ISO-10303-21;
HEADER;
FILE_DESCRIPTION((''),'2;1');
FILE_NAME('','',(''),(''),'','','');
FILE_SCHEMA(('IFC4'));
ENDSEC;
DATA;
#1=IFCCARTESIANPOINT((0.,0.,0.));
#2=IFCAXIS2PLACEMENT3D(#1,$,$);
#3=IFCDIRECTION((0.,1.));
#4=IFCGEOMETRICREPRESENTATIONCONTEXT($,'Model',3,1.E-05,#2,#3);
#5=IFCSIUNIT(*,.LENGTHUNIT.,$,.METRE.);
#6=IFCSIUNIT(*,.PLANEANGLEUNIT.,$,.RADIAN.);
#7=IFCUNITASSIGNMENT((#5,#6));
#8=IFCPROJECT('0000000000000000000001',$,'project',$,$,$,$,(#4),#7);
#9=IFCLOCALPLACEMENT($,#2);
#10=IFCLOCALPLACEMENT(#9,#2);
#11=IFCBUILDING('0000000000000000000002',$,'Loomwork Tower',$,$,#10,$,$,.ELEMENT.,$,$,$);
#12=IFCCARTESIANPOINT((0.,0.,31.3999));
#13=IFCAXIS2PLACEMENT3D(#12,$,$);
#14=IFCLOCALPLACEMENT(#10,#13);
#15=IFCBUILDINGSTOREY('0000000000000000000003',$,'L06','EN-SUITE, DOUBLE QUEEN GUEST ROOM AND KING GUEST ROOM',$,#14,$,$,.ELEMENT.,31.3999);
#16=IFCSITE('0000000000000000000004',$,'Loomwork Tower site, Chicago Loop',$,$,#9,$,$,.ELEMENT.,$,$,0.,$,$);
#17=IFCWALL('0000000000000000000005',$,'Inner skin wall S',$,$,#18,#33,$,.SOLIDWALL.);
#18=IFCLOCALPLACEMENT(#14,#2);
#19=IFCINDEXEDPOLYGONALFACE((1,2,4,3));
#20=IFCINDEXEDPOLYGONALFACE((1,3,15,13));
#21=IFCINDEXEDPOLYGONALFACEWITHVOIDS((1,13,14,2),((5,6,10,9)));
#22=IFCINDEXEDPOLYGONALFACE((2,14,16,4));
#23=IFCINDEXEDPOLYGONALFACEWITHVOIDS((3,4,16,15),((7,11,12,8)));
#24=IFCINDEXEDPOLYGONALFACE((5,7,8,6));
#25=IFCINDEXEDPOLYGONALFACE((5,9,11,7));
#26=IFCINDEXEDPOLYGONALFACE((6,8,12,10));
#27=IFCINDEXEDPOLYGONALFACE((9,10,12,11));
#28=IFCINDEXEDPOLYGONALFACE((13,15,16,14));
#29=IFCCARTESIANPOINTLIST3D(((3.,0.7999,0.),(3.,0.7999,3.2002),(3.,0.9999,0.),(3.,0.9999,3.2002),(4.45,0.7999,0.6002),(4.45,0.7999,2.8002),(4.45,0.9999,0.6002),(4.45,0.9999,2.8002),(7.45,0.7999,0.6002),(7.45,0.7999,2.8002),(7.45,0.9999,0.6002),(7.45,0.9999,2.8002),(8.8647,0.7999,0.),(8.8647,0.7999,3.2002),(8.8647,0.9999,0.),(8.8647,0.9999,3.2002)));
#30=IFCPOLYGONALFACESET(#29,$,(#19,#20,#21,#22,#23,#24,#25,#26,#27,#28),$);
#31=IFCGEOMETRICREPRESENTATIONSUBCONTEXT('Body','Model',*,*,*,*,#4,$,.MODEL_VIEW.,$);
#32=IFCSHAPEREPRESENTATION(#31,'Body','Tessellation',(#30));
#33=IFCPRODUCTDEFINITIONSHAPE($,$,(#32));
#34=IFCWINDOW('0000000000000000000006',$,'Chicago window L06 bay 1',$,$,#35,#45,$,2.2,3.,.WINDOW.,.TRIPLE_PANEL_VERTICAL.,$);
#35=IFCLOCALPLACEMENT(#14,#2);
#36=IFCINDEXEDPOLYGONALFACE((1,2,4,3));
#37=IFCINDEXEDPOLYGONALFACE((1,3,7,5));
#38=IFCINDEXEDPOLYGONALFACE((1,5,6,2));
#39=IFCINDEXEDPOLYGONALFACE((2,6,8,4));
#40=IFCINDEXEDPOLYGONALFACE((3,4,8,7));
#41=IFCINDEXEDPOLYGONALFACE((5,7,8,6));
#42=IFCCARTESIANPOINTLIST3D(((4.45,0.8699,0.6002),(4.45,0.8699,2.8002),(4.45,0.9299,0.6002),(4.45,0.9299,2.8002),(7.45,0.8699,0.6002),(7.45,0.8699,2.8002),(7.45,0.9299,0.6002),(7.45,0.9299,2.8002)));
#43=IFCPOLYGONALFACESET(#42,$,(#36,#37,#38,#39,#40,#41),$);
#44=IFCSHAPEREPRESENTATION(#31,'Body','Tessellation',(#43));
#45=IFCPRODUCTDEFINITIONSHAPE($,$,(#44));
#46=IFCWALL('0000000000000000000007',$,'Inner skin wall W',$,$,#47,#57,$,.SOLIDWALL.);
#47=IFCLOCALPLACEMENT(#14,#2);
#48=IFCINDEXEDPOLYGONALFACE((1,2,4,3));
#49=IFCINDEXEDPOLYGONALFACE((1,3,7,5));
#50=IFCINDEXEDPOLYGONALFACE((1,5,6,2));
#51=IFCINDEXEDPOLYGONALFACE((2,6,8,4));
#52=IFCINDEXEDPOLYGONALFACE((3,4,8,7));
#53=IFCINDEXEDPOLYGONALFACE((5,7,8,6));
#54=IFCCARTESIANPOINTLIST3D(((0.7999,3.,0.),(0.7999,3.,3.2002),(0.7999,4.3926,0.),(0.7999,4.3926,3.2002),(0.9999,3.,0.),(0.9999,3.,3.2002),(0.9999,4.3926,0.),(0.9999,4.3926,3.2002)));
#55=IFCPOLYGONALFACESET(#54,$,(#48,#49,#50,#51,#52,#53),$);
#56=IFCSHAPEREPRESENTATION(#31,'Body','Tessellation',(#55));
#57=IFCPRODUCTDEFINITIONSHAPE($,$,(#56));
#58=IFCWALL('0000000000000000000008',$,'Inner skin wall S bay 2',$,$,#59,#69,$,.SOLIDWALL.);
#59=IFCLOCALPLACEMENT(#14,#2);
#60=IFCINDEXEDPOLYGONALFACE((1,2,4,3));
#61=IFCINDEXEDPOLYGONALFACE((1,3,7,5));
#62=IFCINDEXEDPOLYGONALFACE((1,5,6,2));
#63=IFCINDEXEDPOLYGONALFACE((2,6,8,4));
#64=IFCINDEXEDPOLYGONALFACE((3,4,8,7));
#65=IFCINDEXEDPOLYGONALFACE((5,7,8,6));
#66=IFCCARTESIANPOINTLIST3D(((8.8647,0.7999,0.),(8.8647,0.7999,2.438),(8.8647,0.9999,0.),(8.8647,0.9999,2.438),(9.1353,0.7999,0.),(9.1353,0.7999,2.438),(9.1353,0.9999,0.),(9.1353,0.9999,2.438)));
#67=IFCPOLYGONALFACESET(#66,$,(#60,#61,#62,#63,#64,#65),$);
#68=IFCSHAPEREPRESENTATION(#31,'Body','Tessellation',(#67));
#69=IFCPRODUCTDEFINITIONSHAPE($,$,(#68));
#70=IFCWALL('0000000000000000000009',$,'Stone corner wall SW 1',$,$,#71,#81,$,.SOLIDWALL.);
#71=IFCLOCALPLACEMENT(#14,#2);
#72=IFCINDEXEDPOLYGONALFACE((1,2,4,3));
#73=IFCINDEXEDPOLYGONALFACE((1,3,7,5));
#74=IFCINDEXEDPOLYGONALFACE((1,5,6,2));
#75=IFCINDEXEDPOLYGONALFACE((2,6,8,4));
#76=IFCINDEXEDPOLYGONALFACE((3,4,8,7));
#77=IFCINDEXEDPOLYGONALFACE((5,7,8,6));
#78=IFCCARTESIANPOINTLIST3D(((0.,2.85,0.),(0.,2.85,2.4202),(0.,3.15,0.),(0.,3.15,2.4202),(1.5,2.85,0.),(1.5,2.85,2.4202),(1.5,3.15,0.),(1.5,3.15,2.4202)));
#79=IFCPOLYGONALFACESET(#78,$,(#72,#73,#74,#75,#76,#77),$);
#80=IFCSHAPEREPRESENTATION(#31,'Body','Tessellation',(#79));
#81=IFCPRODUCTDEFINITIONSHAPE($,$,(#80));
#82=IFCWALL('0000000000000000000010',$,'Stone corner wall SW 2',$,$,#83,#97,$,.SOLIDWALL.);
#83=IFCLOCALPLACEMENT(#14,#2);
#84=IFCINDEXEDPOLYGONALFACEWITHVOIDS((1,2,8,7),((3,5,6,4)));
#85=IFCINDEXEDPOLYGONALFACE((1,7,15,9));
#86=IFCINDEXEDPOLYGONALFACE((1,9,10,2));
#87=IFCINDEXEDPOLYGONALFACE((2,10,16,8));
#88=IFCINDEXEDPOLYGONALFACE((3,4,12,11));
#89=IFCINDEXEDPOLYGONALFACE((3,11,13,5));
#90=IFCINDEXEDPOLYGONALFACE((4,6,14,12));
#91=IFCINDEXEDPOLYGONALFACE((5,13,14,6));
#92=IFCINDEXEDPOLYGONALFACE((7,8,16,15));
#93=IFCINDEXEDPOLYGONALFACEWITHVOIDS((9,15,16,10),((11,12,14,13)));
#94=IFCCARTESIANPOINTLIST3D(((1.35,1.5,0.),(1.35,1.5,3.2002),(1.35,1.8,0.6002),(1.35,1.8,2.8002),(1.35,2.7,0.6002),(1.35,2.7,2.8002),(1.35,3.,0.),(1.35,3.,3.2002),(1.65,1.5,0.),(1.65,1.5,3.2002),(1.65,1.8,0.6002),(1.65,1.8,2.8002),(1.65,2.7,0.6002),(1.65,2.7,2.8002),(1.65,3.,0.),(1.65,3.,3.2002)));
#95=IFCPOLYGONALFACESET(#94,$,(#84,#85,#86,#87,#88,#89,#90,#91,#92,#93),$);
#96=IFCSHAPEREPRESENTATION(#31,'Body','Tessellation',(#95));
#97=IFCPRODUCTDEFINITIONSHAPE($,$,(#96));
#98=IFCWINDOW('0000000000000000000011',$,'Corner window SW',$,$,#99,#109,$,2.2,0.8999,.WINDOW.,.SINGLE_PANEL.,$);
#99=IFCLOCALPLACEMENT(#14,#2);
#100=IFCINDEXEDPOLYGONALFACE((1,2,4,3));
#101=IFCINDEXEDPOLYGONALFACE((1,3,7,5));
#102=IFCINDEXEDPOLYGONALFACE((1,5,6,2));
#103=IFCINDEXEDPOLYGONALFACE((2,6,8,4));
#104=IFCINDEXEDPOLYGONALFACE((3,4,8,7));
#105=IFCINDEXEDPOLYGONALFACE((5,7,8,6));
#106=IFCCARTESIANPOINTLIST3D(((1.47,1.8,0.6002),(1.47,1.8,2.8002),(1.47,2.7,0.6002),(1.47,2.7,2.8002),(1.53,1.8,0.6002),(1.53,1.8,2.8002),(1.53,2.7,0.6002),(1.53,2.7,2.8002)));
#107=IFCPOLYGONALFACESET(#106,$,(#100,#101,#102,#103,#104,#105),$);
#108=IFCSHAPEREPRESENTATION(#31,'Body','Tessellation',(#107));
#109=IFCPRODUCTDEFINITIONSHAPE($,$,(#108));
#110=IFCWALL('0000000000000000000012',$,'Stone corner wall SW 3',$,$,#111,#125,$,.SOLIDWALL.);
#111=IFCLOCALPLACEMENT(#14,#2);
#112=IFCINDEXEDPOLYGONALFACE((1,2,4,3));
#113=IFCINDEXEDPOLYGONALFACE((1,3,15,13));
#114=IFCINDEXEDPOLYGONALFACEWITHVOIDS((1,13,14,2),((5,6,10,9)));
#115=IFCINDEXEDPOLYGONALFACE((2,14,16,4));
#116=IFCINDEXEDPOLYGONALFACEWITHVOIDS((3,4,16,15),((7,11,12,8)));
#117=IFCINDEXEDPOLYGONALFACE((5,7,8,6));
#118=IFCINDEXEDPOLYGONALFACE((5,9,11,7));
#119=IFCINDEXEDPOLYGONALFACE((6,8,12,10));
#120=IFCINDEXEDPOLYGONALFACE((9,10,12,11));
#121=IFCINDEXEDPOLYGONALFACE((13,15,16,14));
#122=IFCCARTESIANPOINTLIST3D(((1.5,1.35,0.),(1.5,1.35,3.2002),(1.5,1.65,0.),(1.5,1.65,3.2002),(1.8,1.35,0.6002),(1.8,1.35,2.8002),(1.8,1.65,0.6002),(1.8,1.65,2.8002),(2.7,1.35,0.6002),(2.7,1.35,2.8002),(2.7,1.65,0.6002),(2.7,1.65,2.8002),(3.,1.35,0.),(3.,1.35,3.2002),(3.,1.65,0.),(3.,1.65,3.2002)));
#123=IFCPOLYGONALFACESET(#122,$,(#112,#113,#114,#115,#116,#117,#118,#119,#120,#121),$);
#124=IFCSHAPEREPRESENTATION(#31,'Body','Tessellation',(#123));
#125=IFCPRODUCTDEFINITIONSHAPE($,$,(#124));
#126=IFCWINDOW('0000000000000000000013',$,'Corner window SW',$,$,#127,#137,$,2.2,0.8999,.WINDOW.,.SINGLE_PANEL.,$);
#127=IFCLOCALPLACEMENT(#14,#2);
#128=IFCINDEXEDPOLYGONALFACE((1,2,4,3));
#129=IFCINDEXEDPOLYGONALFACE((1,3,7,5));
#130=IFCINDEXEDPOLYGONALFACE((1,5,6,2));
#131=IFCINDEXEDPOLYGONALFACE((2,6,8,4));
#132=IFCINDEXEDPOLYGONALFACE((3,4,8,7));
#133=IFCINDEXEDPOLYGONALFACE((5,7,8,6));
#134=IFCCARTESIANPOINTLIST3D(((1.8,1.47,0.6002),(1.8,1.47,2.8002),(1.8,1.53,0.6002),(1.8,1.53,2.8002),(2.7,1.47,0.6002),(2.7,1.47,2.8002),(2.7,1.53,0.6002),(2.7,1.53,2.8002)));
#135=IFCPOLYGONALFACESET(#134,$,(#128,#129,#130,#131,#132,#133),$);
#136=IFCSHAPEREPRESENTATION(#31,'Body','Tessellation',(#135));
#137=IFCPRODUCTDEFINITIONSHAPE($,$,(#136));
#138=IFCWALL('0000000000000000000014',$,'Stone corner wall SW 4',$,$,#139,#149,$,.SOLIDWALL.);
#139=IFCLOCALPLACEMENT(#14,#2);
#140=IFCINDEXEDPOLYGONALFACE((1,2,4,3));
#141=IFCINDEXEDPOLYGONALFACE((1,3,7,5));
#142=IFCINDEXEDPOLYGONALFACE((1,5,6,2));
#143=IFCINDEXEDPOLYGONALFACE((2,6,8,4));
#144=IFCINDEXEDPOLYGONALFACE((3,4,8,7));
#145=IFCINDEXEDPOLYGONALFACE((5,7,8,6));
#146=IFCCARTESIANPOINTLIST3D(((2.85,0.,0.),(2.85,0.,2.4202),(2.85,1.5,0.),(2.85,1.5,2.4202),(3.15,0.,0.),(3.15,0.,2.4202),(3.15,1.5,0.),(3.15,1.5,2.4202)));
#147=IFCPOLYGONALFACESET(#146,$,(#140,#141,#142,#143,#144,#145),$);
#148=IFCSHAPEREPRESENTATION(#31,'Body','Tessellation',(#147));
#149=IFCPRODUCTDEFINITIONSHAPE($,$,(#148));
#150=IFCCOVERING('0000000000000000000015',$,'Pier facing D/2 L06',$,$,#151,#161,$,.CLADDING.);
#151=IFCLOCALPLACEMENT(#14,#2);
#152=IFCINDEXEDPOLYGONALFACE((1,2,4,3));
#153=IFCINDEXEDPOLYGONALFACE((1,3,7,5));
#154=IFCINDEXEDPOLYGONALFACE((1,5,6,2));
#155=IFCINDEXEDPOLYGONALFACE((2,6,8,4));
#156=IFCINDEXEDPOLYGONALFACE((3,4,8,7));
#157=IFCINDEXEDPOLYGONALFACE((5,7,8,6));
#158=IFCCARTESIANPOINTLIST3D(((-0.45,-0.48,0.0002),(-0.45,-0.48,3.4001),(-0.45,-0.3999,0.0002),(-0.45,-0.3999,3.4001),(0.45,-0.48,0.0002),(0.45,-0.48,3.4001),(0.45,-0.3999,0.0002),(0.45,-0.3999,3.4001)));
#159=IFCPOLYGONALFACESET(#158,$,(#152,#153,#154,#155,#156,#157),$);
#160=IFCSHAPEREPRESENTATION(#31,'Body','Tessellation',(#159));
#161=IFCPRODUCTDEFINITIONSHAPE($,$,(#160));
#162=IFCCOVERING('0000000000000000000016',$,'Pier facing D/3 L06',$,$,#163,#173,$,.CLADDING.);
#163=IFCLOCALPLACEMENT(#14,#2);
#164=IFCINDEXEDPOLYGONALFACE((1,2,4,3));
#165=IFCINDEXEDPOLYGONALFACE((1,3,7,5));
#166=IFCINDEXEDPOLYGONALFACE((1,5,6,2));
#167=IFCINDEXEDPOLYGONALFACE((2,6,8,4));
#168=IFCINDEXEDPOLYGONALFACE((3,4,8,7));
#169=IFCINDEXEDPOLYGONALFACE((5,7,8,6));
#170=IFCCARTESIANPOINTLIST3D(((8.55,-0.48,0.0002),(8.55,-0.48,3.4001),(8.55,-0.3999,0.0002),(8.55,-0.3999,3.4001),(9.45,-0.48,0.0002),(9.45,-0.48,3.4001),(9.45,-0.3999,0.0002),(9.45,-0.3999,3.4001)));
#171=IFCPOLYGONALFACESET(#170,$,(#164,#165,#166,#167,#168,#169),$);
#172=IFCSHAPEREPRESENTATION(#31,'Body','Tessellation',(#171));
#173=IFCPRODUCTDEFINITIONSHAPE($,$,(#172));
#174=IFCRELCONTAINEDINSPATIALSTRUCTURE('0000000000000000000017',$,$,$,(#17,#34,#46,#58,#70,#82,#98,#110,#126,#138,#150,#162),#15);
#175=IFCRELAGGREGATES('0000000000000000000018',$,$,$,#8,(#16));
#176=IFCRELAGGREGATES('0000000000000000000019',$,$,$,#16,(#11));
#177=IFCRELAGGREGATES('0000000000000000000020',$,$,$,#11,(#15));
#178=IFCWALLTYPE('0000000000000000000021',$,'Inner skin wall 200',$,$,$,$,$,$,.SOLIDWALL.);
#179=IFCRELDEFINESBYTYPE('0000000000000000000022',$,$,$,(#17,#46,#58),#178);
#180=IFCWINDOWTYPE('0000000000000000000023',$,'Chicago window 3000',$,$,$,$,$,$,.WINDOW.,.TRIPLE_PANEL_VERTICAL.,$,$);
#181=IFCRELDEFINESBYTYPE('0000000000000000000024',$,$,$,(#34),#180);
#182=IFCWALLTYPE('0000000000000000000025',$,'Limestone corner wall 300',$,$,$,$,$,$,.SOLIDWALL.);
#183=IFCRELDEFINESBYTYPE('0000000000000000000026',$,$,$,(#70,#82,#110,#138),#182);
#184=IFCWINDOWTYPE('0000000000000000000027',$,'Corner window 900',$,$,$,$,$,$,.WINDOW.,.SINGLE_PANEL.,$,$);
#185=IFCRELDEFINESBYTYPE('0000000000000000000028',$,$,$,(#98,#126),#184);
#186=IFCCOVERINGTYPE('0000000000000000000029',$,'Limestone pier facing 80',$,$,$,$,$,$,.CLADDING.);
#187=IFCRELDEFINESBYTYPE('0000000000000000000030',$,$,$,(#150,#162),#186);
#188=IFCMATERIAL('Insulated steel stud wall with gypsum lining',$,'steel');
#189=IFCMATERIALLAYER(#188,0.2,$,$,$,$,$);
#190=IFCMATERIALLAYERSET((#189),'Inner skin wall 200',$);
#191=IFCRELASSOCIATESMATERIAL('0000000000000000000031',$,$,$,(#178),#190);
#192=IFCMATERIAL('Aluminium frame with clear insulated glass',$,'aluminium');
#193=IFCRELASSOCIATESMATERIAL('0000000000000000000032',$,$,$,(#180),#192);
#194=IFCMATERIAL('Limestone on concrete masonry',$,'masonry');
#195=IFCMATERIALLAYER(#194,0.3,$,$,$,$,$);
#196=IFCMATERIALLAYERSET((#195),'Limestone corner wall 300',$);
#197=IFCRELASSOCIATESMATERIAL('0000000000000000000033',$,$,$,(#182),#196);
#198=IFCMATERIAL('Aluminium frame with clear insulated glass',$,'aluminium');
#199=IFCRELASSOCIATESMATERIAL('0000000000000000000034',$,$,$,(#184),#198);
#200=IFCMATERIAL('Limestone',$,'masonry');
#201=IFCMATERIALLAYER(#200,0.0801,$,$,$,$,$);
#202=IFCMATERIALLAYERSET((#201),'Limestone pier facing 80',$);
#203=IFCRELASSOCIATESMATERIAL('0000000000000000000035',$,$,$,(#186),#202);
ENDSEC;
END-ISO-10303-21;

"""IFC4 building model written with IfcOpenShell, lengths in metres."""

from ifc_helpers import new_model, si_unit, direction, frame, frame_2d, origin, origin_2d, place, context, subcontext, project, spatial, rectangle, extrude, material, layer, layer_set, type_object, element, fill, save


model = new_model("IFC4")

# Units and contexts
model_context = context("Model", 3, precision=1e-05, world=origin(), true_north=direction((0.0, 1.0)))
body_context = subcontext(model_context, "Body", "Model", "MODEL_VIEW")
ifc_project = project(units=[si_unit("LENGTHUNIT", "METRE"), si_unit("PLANEANGLEUNIT", "RADIAN")], contexts=[model_context])

# Site, building, storey
site_placement = place(None, origin())
site = spatial("IfcSite", under=ifc_project, at=site_placement, Name="Loomwork Tower site, Chicago Loop", CompositionType="ELEMENT", RefElevation=0.0)
building_placement = place(site_placement, origin())
building = spatial("IfcBuilding", under=site, at=building_placement, Name="Loomwork Tower", CompositionType="ELEMENT")
storey_placement = place(building_placement, frame((0.0, 0.0, 31.3999)))
storey = spatial("IfcBuildingStorey", under=building, at=storey_placement, Name="L06", Description="EN-SUITE, DOUBLE QUEEN GUEST ROOM AND KING GUEST ROOM", CompositionType="ELEMENT", Elevation=31.3999)

# Wall, opening, window
ifc_material_1 = material(Name="Insulated steel stud wall with gypsum lining", Category="steel")
ifc_layer_1 = layer(ifc_material_1, 0.2)
ifc_layer_set_1 = layer_set([ifc_layer_1], Name="Inner skin wall 200")
wall_type_1 = type_object("IfcWallType", Name="Inner skin wall 200", PredefinedType="SOLIDWALL", material=ifc_layer_set_1)
wall_1_placement = place(storey_placement, frame((3.0, 0.8999, 0.0), z_axis=(0.0, 0.0, 1.0), x_axis=(1.0, 0.0, 0.0)))
wall_1 = element("IfcWall", 1, at=wall_1_placement, inside=storey, type_object=wall_type_1, Name="Inner skin wall S", PredefinedType="SOLIDWALL", context=body_context, shape_type="SweptSolid", body=[
    extrude(rectangle(XDim=5.8647, YDim=0.2, at=frame_2d((2.9324, 0.0))), origin(), (0.0, 0.0, 1.0), 3.2002),
])
opening_1_placement = place(wall_1_placement, frame((1.45, 0.0, 0.6001)))
opening_1 = element("IfcOpeningElement", 2, at=opening_1_placement, cuts=wall_1, PredefinedType="OPENING", context=body_context, shape_type="SweptSolid", body=[
    extrude(rectangle(XDim=3.0, YDim=2.2, at=frame_2d((1.5, 1.1001))), frame((0.0, 0.1099, 0.0), z_axis=(0.0, -1.0, 0.0), x_axis=(1.0, 0.0, 0.0)), (0.0, 0.0, 1.0), 0.22),
])
ifc_material_2 = material(Name="Aluminium frame with clear insulated glass", Category="aluminium")
window_type_1 = type_object("IfcWindowType", Name="Chicago window 3000", PartitioningType="TRIPLE_PANEL_VERTICAL", PredefinedType="WINDOW", material=ifc_material_2)
window_1_placement = place(opening_1_placement, origin())
window_1 = element("IfcWindow", 3, at=window_1_placement, inside=storey, type_object=window_type_1, Name="Chicago window L06 bay 1", OverallHeight=2.2, OverallWidth=3.0, PartitioningType="TRIPLE_PANEL_VERTICAL", PredefinedType="WINDOW", context=body_context, shape_type="SweptSolid", body=[
    extrude(rectangle(XDim=3.0, YDim=2.2, at=frame_2d((1.5, 1.1001))), frame((0.0, 0.03, 0.0), z_axis=(0.0, -1.0, 0.0), x_axis=(1.0, 0.0, 0.0)), (0.0, 0.0, 1.0), 0.0601),
])
fill(opening_1, window_1)

# Walls
wall_2_placement = place(storey_placement, frame((0.8999, 3.0, 0.0), z_axis=(0.0, 0.0, 1.0), x_axis=(0.0, 1.0, 0.0)))
element("IfcWall", 4, at=wall_2_placement, inside=storey, type_object=wall_type_1, Name="Inner skin wall W", PredefinedType="SOLIDWALL", context=body_context, shape_type="SweptSolid", body=[
    extrude(rectangle(XDim=1.3926, YDim=0.2, at=frame_2d((0.6963, 0.0))), origin(), (0.0, 0.0, 1.0), 3.2002),
])
wall_3_placement = place(storey_placement, frame((8.8647, 0.8999, 0.0), z_axis=(0.0, 0.0, 1.0), x_axis=(1.0, 0.0, 0.0)))
element("IfcWall", 5, at=wall_3_placement, inside=storey, type_object=wall_type_1, Name="Inner skin wall S bay 2", PredefinedType="SOLIDWALL", context=body_context, shape_type="SweptSolid", body=[
    extrude(rectangle(XDim=0.2705, YDim=0.2, at=frame_2d((0.1353, 0.0))), origin(), (0.0, 0.0, 1.0), 2.438),
])
ifc_material_3 = material(Name="Limestone on concrete masonry", Category="masonry")
ifc_layer_2 = layer(ifc_material_3, 0.3)
ifc_layer_set_2 = layer_set([ifc_layer_2], Name="Limestone corner wall 300")
wall_type_2 = type_object("IfcWallType", Name="Limestone corner wall 300", PredefinedType="SOLIDWALL", material=ifc_layer_set_2)
wall_4_placement = place(storey_placement, frame((0.0, 3.0, 0.0), z_axis=(0.0, 0.0, 1.0), x_axis=(1.0, 0.0, 0.0)))
element("IfcWall", 6, at=wall_4_placement, inside=storey, type_object=wall_type_2, Name="Stone corner wall SW 1", PredefinedType="SOLIDWALL", context=body_context, shape_type="SweptSolid", body=[
    extrude(rectangle(XDim=1.5, YDim=0.3, at=frame_2d((0.75, 0.0))), origin(), (0.0, 0.0, 1.0), 2.4202),
])

# Walls, openings, windows
wall_5_placement = place(storey_placement, frame((1.5, 3.0, 0.0), z_axis=(0.0, 0.0, 1.0), x_axis=(0.0, -1.0, 0.0)))
wall_5 = element("IfcWall", 7, at=wall_5_placement, inside=storey, type_object=wall_type_2, Name="Stone corner wall SW 2", PredefinedType="SOLIDWALL", context=body_context, shape_type="SweptSolid", body=[
    extrude(rectangle(XDim=1.5, YDim=0.3, at=frame_2d((0.75, 0.0))), origin(), (0.0, 0.0, 1.0), 3.2002),
])
opening_2_placement = place(wall_5_placement, frame((0.3, 0.0, 0.6001)))
opening_2 = element("IfcOpeningElement", 8, at=opening_2_placement, cuts=wall_5, PredefinedType="OPENING", context=body_context, shape_type="SweptSolid", body=[
    extrude(rectangle(XDim=0.8999, YDim=2.2, at=frame_2d((0.45, 1.1001))), frame((0.0, 0.1599, 0.0), z_axis=(0.0, -1.0, 0.0), x_axis=(1.0, 0.0, 0.0)), (0.0, 0.0, 1.0), 0.3201),
])
ifc_material_4 = material(Name="Aluminium frame with clear insulated glass", Category="aluminium")
window_type_2 = type_object("IfcWindowType", Name="Corner window 900", PartitioningType="SINGLE_PANEL", PredefinedType="WINDOW", material=ifc_material_4)
window_2_placement = place(opening_2_placement, origin())
window_2 = element("IfcWindow", 9, at=window_2_placement, inside=storey, type_object=window_type_2, Name="Corner window SW", OverallHeight=2.2, OverallWidth=0.8999, PartitioningType="SINGLE_PANEL", PredefinedType="WINDOW", context=body_context, shape_type="SweptSolid", body=[
    extrude(rectangle(XDim=0.8999, YDim=2.2, at=frame_2d((0.45, 1.1001))), frame((0.0, 0.03, 0.0), z_axis=(0.0, -1.0, 0.0), x_axis=(1.0, 0.0, 0.0)), (0.0, 0.0, 1.0), 0.0601),
])
fill(opening_2, window_2)
wall_6_placement = place(storey_placement, frame((1.5, 1.5, 0.0), z_axis=(0.0, 0.0, 1.0), x_axis=(1.0, 0.0, 0.0)))
wall_6 = element("IfcWall", 10, at=wall_6_placement, inside=storey, type_object=wall_type_2, Name="Stone corner wall SW 3", PredefinedType="SOLIDWALL", context=body_context, shape_type="SweptSolid", body=[
    extrude(rectangle(XDim=1.5, YDim=0.3, at=frame_2d((0.75, 0.0))), origin(), (0.0, 0.0, 1.0), 3.2002),
])
opening_3_placement = place(wall_6_placement, frame((0.3, 0.0, 0.6001)))
opening_3 = element("IfcOpeningElement", 11, at=opening_3_placement, cuts=wall_6, PredefinedType="OPENING", context=body_context, shape_type="SweptSolid", body=[
    extrude(rectangle(XDim=0.8999, YDim=2.2, at=frame_2d((0.45, 1.1001))), frame((0.0, 0.1599, 0.0), z_axis=(0.0, -1.0, 0.0), x_axis=(1.0, 0.0, 0.0)), (0.0, 0.0, 1.0), 0.3201),
])
window_3_placement = place(opening_3_placement, origin())
window_3 = element("IfcWindow", 12, at=window_3_placement, inside=storey, type_object=window_type_2, Name="Corner window SW", OverallHeight=2.2, OverallWidth=0.8999, PartitioningType="SINGLE_PANEL", PredefinedType="WINDOW", context=body_context, shape_type="SweptSolid", body=[
    extrude(rectangle(XDim=0.8999, YDim=2.2, at=frame_2d((0.45, 1.1001))), frame((0.0, 0.03, 0.0), z_axis=(0.0, -1.0, 0.0), x_axis=(1.0, 0.0, 0.0)), (0.0, 0.0, 1.0), 0.0601),
])
fill(opening_3, window_3)

# Wall
wall_7_placement = place(storey_placement, frame((3.0, 1.5, 0.0), z_axis=(0.0, 0.0, 1.0), x_axis=(0.0, -1.0, 0.0)))
element("IfcWall", 13, at=wall_7_placement, inside=storey, type_object=wall_type_2, Name="Stone corner wall SW 4", PredefinedType="SOLIDWALL", context=body_context, shape_type="SweptSolid", body=[
    extrude(rectangle(XDim=1.5, YDim=0.3, at=frame_2d((0.75, 0.0))), origin(), (0.0, 0.0, 1.0), 2.4202),
])

# Coverings
ifc_material_5 = material(Name="Limestone", Category="masonry")
ifc_layer_3 = layer(ifc_material_5, 0.0801)
ifc_layer_set_3 = layer_set([ifc_layer_3], Name="Limestone pier facing 80")
covering_type_1 = type_object("IfcCoveringType", Name="Limestone pier facing 80", PredefinedType="CLADDING", material=ifc_layer_set_3)
for number, where, z_axis, x_axis, name in (
    (14, (0.0, -0.4399, 0.0002), (0.0, 0.0, 1.0), (1.0, 0.0, 0.0), "Pier facing D/2 L06"),
    (15, (9.0, -0.4399, 0.0002), (0.0, 0.0, 1.0), (1.0, 0.0, 0.0), "Pier facing D/3 L06"),
):
    element("IfcCovering", number, at=place(storey_placement, frame(where, z_axis=z_axis, x_axis=x_axis)), inside=storey, type_object=covering_type_1, Name=name, PredefinedType="CLADDING", context=body_context, shape_type="SweptSolid", body=[
        extrude(rectangle(XDim=0.8999, YDim=0.0801, at=origin_2d()), origin(), (0.0, 0.0, 1.0), 3.3999),
    ])

save(model, "model.ifc")
